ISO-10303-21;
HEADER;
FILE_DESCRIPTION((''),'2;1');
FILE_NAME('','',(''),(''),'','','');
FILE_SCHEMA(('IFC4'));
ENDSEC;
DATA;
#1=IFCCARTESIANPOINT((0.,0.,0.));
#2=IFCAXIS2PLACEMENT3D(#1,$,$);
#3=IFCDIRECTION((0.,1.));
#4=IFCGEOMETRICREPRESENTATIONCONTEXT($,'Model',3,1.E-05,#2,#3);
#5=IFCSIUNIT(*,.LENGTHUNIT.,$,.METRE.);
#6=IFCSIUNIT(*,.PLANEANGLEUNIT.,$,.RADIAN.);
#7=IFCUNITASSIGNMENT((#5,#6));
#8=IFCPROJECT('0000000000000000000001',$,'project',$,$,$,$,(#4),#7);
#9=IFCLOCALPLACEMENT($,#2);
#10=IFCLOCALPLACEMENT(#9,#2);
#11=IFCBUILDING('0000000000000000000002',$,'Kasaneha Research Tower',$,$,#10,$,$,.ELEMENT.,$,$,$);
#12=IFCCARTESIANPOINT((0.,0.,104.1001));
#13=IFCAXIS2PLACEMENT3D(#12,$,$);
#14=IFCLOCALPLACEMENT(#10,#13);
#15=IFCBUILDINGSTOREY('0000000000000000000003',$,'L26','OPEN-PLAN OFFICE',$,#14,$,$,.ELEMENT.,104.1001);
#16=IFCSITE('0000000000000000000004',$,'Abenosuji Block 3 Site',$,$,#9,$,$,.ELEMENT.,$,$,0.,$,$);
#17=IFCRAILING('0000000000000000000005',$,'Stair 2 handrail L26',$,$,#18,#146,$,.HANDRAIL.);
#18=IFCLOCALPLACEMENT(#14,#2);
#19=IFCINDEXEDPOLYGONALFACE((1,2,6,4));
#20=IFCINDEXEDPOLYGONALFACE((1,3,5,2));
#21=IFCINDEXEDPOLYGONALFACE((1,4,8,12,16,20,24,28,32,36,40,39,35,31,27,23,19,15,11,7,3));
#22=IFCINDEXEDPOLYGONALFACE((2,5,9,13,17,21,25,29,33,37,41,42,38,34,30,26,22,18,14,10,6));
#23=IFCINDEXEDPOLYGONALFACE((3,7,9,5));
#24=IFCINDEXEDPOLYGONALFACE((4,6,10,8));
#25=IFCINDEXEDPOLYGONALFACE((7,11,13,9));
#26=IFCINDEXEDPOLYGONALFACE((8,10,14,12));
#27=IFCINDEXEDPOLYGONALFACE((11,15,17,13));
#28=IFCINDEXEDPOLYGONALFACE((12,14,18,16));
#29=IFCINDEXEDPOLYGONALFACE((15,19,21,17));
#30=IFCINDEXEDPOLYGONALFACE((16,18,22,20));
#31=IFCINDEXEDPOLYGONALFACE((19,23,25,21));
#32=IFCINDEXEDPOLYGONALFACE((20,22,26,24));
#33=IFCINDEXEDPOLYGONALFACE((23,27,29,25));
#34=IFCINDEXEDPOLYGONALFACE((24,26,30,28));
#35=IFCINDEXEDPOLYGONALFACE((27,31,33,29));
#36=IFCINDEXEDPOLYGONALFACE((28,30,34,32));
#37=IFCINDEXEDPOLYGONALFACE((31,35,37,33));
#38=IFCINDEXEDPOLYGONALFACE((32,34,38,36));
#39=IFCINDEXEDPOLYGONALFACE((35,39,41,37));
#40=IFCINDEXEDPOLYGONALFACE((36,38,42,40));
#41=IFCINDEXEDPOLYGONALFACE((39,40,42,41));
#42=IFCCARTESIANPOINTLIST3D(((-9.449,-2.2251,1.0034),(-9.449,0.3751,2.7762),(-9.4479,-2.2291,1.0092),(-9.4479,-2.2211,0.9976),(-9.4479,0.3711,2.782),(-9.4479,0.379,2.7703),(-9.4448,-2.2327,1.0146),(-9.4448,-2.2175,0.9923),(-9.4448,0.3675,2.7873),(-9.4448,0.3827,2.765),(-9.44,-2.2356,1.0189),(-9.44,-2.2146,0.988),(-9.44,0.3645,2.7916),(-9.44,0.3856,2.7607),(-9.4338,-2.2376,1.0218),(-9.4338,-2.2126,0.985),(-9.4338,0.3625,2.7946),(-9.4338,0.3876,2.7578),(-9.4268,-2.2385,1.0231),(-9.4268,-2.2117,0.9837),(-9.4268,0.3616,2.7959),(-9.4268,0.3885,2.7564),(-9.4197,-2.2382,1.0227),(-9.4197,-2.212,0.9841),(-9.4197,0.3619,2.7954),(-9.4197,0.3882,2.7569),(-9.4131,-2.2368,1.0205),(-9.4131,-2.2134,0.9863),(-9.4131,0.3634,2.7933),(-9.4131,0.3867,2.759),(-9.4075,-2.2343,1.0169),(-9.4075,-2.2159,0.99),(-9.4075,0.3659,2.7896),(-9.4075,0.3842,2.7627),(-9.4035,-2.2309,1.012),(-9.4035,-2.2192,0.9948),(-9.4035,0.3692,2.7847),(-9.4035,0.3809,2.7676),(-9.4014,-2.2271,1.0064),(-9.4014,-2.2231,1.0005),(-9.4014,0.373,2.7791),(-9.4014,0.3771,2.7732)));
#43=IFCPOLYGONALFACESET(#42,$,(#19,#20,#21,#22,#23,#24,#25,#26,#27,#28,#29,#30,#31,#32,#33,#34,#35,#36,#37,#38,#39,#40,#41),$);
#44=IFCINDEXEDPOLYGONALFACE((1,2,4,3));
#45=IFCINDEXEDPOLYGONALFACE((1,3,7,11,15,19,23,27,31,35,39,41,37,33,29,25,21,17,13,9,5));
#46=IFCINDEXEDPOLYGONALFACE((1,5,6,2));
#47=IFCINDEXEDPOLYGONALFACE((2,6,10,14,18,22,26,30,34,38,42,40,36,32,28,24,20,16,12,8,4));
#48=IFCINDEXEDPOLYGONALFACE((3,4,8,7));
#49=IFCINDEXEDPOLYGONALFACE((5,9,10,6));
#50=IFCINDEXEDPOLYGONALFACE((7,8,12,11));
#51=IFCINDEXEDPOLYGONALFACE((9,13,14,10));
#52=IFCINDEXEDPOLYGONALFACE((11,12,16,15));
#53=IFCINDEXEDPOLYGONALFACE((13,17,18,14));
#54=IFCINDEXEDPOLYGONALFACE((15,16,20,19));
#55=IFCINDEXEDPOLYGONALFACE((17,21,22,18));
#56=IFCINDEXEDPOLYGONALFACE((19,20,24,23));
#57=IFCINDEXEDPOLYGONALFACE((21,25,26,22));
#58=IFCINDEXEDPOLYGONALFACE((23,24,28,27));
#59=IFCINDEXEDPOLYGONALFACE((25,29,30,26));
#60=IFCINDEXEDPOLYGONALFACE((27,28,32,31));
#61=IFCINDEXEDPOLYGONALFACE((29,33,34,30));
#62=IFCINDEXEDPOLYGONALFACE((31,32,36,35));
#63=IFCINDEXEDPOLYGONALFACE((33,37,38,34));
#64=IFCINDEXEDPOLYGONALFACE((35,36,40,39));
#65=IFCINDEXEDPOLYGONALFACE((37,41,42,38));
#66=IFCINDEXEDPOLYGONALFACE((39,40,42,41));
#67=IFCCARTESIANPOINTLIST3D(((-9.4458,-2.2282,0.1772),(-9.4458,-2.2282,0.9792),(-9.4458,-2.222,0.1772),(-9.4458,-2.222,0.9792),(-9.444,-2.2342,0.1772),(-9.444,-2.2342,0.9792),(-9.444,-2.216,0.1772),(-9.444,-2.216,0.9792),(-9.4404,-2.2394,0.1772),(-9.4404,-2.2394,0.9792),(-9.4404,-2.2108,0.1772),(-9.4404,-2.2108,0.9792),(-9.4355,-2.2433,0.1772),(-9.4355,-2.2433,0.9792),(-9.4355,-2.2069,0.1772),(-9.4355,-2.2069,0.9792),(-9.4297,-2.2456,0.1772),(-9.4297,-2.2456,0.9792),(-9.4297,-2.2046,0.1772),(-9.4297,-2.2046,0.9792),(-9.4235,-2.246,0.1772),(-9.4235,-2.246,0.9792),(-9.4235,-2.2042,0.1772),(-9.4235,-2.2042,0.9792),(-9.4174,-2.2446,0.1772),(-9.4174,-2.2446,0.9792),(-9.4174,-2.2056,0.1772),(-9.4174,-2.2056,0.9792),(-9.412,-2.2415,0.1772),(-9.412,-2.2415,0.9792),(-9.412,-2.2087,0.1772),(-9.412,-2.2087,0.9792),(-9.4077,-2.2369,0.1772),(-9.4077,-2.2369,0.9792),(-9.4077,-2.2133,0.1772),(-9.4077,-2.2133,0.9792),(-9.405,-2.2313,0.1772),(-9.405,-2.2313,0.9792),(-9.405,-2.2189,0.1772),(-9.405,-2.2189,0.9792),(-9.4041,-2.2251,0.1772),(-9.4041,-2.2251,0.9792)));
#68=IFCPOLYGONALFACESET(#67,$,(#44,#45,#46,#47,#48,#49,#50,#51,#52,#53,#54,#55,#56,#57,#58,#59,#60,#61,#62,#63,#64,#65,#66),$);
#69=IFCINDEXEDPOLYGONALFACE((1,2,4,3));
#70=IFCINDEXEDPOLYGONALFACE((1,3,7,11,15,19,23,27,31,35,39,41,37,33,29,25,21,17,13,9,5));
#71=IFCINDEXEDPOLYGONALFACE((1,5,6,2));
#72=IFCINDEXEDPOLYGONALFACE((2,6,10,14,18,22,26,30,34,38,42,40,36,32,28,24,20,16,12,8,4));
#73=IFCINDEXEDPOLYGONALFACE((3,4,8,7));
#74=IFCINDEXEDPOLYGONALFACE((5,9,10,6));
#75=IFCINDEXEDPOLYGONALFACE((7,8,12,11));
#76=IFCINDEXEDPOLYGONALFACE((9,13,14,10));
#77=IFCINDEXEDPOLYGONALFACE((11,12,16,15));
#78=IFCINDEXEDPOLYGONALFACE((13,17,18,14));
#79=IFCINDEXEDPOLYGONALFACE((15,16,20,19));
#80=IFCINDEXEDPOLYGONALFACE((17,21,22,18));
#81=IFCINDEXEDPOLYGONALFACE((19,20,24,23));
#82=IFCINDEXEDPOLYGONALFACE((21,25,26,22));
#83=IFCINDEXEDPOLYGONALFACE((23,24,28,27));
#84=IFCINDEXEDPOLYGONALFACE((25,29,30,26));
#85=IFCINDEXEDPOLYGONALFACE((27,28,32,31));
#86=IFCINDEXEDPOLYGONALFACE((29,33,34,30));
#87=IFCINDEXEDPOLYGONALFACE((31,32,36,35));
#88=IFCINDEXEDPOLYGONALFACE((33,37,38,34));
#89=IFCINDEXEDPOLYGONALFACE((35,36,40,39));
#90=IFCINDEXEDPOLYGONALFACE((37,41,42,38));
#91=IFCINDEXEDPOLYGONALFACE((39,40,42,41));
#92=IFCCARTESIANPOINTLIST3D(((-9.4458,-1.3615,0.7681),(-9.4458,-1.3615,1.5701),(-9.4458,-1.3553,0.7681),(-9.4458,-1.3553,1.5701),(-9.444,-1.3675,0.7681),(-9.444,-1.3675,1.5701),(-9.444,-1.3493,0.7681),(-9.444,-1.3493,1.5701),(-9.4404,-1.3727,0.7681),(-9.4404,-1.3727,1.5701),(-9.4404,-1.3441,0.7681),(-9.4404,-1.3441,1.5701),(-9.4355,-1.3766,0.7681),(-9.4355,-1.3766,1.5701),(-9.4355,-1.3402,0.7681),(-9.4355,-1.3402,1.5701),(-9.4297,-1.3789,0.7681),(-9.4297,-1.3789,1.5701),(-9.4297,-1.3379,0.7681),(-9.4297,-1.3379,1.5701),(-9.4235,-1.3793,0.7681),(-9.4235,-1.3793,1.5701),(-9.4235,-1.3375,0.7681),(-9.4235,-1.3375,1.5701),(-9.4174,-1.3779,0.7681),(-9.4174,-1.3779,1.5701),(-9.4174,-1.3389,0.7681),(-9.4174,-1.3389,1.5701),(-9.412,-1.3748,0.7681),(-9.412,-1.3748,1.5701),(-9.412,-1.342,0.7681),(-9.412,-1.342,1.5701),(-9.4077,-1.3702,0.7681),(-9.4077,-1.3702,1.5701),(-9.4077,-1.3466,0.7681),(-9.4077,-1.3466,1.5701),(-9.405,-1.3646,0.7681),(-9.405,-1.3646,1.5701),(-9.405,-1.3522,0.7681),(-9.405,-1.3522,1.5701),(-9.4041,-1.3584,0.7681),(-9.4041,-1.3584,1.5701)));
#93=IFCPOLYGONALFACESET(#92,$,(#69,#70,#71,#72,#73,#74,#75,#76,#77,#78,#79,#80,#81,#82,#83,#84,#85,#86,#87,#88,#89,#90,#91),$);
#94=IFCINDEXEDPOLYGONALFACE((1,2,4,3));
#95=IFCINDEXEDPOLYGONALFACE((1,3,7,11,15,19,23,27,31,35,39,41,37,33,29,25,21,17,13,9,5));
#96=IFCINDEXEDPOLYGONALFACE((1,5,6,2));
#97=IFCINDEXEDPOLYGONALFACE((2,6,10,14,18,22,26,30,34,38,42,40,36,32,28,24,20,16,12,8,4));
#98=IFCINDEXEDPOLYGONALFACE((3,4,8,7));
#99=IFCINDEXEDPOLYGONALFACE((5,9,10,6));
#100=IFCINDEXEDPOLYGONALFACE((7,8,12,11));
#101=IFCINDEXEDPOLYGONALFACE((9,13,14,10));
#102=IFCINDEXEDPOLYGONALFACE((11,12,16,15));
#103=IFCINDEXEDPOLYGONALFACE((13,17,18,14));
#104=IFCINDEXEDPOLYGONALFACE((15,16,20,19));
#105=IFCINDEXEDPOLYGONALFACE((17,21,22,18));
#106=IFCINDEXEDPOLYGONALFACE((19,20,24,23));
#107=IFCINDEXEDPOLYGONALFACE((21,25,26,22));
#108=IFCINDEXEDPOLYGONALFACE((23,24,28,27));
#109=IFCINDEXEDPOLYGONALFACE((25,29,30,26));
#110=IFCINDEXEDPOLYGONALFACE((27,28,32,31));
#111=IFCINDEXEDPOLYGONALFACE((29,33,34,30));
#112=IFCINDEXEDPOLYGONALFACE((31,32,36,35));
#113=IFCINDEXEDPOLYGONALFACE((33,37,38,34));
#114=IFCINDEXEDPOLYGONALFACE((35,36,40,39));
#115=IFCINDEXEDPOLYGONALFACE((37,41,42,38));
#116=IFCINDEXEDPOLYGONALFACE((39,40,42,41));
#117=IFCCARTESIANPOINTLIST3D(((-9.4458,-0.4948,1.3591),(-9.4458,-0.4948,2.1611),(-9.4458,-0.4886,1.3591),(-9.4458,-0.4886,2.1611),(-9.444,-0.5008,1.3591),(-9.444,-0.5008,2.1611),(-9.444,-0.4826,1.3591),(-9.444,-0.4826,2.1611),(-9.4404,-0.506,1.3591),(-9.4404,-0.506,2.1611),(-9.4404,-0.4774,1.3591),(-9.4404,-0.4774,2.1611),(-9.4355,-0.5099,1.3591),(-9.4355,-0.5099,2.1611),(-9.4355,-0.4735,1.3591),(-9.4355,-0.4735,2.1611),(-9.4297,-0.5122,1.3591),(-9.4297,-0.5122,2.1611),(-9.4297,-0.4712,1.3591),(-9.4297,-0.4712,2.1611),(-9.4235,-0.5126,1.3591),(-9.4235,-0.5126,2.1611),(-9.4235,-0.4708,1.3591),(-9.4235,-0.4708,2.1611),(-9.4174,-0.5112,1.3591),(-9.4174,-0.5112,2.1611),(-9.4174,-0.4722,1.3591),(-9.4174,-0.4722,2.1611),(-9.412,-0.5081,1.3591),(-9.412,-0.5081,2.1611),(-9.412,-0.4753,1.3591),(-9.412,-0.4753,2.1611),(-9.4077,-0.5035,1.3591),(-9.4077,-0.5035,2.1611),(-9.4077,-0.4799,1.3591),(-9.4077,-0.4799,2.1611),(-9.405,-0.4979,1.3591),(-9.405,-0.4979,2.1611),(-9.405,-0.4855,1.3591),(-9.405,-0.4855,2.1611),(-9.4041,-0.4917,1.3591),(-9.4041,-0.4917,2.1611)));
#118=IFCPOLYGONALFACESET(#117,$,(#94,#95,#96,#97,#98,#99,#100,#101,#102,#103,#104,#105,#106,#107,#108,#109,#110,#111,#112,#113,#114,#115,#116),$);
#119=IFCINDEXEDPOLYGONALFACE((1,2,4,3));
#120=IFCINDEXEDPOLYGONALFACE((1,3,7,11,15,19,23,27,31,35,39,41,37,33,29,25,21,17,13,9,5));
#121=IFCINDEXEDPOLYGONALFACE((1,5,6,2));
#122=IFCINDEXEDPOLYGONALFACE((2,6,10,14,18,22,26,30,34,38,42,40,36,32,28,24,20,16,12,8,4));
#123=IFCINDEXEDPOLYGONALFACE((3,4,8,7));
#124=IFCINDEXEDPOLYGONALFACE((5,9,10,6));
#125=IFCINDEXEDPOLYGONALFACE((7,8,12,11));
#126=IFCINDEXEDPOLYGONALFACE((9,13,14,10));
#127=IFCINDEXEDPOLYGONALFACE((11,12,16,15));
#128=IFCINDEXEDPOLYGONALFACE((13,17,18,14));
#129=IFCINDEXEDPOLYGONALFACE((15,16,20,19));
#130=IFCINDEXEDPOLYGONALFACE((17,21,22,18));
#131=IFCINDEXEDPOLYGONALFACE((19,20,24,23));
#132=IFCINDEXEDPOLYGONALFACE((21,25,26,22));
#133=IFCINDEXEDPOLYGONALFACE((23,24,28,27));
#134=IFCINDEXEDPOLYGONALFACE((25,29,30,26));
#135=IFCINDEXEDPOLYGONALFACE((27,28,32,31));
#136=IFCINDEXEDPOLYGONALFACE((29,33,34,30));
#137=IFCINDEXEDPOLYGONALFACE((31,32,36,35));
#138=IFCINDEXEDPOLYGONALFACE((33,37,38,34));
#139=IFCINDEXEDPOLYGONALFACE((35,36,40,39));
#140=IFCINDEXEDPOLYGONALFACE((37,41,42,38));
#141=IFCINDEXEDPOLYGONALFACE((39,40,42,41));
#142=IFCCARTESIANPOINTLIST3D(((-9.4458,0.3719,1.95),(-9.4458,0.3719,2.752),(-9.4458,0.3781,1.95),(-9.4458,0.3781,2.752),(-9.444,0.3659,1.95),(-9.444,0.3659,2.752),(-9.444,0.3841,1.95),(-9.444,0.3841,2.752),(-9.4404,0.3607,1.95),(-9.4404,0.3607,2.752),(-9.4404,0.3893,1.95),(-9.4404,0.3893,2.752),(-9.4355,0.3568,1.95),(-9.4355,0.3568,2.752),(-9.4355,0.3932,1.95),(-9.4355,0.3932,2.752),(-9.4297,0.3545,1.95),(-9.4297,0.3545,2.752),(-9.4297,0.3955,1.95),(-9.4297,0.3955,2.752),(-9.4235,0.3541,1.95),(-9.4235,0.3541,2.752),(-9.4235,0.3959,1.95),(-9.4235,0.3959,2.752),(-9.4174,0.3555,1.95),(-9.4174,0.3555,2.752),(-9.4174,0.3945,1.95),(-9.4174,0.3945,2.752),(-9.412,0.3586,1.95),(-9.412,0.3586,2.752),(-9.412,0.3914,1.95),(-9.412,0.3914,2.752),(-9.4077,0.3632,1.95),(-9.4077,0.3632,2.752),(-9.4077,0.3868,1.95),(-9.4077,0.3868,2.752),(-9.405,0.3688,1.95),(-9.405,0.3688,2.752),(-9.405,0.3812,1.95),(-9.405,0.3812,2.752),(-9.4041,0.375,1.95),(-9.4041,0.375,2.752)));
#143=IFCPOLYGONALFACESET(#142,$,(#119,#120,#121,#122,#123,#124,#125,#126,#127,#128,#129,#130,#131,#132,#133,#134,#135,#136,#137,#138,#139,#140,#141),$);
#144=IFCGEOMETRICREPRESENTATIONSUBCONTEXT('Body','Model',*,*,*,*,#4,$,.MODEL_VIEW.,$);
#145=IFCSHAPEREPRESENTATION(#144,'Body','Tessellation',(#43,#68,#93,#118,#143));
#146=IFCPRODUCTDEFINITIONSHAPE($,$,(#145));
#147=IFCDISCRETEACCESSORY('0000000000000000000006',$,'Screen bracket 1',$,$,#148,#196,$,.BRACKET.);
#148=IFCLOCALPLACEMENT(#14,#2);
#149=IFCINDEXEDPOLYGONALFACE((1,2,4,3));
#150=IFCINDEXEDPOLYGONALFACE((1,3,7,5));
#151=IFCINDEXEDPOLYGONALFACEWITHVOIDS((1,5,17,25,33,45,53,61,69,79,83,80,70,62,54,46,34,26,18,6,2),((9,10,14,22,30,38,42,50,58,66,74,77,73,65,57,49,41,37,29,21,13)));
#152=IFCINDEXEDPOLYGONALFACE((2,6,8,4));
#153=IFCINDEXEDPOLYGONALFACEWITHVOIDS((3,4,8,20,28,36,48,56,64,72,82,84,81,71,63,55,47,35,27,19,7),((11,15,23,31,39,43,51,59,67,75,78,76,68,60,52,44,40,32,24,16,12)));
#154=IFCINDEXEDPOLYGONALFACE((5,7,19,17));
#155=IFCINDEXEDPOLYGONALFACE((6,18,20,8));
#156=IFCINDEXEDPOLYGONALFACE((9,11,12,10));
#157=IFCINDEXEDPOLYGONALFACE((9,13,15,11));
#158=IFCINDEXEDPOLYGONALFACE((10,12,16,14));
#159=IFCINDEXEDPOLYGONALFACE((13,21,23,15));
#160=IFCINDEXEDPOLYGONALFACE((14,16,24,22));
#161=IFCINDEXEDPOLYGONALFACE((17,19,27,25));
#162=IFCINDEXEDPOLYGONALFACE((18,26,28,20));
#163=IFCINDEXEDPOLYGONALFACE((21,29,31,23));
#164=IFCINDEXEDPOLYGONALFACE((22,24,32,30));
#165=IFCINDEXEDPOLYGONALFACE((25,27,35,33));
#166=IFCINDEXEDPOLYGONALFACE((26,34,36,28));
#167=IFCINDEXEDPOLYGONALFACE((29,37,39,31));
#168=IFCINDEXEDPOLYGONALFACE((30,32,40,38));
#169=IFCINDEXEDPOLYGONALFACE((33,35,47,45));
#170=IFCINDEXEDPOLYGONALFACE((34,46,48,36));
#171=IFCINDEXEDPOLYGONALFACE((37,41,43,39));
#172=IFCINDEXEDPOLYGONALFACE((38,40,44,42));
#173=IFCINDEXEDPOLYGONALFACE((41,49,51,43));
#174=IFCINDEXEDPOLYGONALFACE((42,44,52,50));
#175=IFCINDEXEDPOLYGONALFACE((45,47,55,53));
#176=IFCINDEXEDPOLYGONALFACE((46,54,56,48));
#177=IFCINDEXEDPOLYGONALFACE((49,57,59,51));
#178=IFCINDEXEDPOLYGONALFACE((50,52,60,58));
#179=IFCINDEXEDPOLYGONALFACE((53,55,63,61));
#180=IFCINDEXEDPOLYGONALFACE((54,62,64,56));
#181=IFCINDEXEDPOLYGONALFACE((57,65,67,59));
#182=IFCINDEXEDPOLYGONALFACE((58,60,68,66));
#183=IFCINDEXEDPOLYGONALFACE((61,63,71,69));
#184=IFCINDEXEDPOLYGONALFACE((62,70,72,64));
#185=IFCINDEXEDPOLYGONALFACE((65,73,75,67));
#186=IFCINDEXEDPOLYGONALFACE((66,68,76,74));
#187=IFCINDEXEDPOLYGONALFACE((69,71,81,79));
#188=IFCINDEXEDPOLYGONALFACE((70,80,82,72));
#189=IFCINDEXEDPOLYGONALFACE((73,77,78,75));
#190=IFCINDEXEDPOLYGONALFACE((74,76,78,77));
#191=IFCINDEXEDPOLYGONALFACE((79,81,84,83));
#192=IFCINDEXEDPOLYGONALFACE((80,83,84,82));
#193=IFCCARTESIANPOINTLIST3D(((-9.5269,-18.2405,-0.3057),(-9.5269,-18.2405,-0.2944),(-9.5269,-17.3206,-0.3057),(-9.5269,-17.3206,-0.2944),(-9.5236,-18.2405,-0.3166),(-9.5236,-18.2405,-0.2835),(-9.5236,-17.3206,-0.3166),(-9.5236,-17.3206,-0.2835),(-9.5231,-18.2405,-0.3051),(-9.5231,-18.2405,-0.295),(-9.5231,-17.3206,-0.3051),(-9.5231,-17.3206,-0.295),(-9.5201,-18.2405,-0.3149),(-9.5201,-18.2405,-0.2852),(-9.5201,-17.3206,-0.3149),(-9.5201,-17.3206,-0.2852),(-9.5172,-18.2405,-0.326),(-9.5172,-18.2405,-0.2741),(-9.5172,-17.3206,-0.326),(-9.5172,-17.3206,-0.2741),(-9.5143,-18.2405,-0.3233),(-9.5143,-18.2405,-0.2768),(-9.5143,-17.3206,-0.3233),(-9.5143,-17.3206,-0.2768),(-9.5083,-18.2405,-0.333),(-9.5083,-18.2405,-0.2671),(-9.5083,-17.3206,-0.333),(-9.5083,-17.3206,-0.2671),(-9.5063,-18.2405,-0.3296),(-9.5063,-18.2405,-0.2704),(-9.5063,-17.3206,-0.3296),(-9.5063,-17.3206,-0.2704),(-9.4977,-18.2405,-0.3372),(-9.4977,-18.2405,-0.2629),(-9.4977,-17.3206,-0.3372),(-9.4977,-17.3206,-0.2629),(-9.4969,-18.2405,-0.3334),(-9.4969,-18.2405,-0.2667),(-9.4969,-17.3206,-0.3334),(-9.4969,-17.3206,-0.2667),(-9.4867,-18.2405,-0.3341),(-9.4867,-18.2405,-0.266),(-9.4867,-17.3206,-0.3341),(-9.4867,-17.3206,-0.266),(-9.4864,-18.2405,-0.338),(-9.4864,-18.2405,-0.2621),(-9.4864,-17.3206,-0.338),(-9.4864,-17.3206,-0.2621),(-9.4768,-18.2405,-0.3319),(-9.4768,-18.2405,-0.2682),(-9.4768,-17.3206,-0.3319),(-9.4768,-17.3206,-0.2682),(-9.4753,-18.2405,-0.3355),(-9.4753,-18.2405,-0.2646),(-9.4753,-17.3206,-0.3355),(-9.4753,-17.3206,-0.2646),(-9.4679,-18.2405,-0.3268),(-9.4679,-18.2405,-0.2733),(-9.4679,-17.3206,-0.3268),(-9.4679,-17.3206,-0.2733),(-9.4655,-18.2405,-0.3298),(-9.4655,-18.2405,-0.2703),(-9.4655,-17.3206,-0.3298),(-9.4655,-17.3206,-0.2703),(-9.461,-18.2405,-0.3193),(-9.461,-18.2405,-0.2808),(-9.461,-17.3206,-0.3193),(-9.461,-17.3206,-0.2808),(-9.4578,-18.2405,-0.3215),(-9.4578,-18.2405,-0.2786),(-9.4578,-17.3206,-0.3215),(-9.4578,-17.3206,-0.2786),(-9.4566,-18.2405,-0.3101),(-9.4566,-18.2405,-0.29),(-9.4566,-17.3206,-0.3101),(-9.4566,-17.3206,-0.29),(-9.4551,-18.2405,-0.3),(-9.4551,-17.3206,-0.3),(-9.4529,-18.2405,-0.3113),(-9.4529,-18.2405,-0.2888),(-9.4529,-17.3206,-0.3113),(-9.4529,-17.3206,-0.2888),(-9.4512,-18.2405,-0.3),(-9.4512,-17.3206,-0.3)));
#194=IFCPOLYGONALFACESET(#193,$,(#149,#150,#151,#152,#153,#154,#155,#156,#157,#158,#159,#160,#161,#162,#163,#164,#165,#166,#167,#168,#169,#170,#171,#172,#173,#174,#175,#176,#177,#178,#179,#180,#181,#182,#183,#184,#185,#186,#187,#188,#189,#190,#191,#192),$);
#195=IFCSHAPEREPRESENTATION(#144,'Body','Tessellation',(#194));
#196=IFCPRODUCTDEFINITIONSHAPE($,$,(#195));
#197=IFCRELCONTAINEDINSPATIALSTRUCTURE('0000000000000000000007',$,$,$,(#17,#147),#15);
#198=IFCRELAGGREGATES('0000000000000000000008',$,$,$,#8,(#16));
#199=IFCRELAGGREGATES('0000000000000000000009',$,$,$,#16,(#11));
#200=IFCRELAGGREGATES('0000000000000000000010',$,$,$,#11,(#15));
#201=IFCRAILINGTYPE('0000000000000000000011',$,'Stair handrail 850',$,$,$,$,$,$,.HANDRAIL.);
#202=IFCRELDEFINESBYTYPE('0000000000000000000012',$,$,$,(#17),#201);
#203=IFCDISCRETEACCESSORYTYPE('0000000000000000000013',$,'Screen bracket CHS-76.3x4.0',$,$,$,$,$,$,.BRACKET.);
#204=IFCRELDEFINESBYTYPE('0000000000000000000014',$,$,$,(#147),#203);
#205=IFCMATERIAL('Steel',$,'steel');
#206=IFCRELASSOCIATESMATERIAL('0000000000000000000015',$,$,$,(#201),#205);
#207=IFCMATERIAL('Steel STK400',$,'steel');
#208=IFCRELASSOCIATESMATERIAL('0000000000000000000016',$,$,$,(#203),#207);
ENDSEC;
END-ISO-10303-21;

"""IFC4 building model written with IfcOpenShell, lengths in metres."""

from ifc_helpers import new_model, si_unit, direction, frame, origin, origin_2d, place, context, subcontext, project, spatial, circle, hollow_circle, extrude, material, material_profile, profile_set, type_object, element, save


model = new_model("IFC4")

# Units and contexts
model_context = context("Model", 3, precision=1e-05, world=origin(), true_north=direction((0.0, 1.0)))
body_context = subcontext(model_context, "Body", "Model", "MODEL_VIEW")
ifc_project = project(units=[si_unit("LENGTHUNIT", "METRE"), si_unit("PLANEANGLEUNIT", "RADIAN")], contexts=[model_context])

# Site, building, storey
site_placement = place(None, origin())
site = spatial("IfcSite", under=ifc_project, at=site_placement, Name="Abenosuji Block 3 Site", CompositionType="ELEMENT", RefElevation=0.0)
building_placement = place(site_placement, origin())
building = spatial("IfcBuilding", under=site, at=building_placement, Name="Kasaneha Research Tower", CompositionType="ELEMENT")
storey_placement = place(building_placement, frame((0.0, 0.0, 104.1001)))
storey = spatial("IfcBuildingStorey", under=building, at=storey_placement, Name="L26", Description="OPEN-PLAN OFFICE", CompositionType="ELEMENT", Elevation=104.1001)

# Railing
ifc_material_1 = material(Name="Steel", Category="steel")
railing_type = type_object("IfcRailingType", Name="Stair handrail 850", PredefinedType="HANDRAIL", material=ifc_material_1)
railing_placement = place(storey_placement, frame((-9.425, -2.2251, 0.1772)))
element("IfcRailing", 1, at=railing_placement, inside=storey, type_object=railing_type, Name="Stair 2 handrail L26", PredefinedType="HANDRAIL", context=body_context, shape_type="SweptSolid", body=[
    extrude(circle(Radius=0.0239, at=origin_2d()), frame((0.0, 0.0, 0.8262), z_axis=(0.0, 0.82624, 0.563318), x_axis=(-1.0, 0.0, 0.0)), (0.0, 0.0, 1.0), 3.147),
    extrude(circle(Radius=0.021, at=origin_2d()), origin(), (0.0, 0.0, 1.0), 0.802),
    extrude(circle(Radius=0.021, at=origin_2d()), frame((0.0, 0.8667, 0.5908)), (0.0, 0.0, 1.0), 0.802),
    extrude(circle(Radius=0.021, at=origin_2d()), frame((0.0, 1.7334, 1.1819)), (0.0, 0.0, 1.0), 0.802),
    extrude(circle(Radius=0.021, at=origin_2d()), frame((0.0, 2.6001, 1.7727)), (0.0, 0.0, 1.0), 0.802),
])

# Discrete accessory
ifc_material_2 = material(Name="Steel STK400", Category="steel")
ifc_material_profile_1 = material_profile(ifc_material_2, hollow_circle(Radius=0.0381, WallThickness=0.0039, at=origin_2d()), Name="CHS-76.3x4.0")
ifc_profile_set_1 = profile_set([ifc_material_profile_1], Name="Steel STK400")
discrete_accessory_type = type_object("IfcDiscreteAccessoryType", Name="Screen bracket CHS-76.3x4.0", PredefinedType="BRACKET", material=ifc_profile_set_1)
discrete_accessory_placement = place(storey_placement, frame((-9.4893, -17.3206, -0.3), z_axis=(0.0, -1.0, 0.0), x_axis=(1.0, 0.0, 0.0)))
element("IfcDiscreteAccessory", 2, at=discrete_accessory_placement, inside=storey, type_object=discrete_accessory_type, Name="Screen bracket 1", PredefinedType="BRACKET", context=body_context, shape_type="SweptSolid", body=[
    extrude(hollow_circle(Radius=0.0381, WallThickness=0.0039, at=origin_2d()), origin(), (0.0, 0.0, 1.0), 0.9199),
])

save(model, "model.ifc")
